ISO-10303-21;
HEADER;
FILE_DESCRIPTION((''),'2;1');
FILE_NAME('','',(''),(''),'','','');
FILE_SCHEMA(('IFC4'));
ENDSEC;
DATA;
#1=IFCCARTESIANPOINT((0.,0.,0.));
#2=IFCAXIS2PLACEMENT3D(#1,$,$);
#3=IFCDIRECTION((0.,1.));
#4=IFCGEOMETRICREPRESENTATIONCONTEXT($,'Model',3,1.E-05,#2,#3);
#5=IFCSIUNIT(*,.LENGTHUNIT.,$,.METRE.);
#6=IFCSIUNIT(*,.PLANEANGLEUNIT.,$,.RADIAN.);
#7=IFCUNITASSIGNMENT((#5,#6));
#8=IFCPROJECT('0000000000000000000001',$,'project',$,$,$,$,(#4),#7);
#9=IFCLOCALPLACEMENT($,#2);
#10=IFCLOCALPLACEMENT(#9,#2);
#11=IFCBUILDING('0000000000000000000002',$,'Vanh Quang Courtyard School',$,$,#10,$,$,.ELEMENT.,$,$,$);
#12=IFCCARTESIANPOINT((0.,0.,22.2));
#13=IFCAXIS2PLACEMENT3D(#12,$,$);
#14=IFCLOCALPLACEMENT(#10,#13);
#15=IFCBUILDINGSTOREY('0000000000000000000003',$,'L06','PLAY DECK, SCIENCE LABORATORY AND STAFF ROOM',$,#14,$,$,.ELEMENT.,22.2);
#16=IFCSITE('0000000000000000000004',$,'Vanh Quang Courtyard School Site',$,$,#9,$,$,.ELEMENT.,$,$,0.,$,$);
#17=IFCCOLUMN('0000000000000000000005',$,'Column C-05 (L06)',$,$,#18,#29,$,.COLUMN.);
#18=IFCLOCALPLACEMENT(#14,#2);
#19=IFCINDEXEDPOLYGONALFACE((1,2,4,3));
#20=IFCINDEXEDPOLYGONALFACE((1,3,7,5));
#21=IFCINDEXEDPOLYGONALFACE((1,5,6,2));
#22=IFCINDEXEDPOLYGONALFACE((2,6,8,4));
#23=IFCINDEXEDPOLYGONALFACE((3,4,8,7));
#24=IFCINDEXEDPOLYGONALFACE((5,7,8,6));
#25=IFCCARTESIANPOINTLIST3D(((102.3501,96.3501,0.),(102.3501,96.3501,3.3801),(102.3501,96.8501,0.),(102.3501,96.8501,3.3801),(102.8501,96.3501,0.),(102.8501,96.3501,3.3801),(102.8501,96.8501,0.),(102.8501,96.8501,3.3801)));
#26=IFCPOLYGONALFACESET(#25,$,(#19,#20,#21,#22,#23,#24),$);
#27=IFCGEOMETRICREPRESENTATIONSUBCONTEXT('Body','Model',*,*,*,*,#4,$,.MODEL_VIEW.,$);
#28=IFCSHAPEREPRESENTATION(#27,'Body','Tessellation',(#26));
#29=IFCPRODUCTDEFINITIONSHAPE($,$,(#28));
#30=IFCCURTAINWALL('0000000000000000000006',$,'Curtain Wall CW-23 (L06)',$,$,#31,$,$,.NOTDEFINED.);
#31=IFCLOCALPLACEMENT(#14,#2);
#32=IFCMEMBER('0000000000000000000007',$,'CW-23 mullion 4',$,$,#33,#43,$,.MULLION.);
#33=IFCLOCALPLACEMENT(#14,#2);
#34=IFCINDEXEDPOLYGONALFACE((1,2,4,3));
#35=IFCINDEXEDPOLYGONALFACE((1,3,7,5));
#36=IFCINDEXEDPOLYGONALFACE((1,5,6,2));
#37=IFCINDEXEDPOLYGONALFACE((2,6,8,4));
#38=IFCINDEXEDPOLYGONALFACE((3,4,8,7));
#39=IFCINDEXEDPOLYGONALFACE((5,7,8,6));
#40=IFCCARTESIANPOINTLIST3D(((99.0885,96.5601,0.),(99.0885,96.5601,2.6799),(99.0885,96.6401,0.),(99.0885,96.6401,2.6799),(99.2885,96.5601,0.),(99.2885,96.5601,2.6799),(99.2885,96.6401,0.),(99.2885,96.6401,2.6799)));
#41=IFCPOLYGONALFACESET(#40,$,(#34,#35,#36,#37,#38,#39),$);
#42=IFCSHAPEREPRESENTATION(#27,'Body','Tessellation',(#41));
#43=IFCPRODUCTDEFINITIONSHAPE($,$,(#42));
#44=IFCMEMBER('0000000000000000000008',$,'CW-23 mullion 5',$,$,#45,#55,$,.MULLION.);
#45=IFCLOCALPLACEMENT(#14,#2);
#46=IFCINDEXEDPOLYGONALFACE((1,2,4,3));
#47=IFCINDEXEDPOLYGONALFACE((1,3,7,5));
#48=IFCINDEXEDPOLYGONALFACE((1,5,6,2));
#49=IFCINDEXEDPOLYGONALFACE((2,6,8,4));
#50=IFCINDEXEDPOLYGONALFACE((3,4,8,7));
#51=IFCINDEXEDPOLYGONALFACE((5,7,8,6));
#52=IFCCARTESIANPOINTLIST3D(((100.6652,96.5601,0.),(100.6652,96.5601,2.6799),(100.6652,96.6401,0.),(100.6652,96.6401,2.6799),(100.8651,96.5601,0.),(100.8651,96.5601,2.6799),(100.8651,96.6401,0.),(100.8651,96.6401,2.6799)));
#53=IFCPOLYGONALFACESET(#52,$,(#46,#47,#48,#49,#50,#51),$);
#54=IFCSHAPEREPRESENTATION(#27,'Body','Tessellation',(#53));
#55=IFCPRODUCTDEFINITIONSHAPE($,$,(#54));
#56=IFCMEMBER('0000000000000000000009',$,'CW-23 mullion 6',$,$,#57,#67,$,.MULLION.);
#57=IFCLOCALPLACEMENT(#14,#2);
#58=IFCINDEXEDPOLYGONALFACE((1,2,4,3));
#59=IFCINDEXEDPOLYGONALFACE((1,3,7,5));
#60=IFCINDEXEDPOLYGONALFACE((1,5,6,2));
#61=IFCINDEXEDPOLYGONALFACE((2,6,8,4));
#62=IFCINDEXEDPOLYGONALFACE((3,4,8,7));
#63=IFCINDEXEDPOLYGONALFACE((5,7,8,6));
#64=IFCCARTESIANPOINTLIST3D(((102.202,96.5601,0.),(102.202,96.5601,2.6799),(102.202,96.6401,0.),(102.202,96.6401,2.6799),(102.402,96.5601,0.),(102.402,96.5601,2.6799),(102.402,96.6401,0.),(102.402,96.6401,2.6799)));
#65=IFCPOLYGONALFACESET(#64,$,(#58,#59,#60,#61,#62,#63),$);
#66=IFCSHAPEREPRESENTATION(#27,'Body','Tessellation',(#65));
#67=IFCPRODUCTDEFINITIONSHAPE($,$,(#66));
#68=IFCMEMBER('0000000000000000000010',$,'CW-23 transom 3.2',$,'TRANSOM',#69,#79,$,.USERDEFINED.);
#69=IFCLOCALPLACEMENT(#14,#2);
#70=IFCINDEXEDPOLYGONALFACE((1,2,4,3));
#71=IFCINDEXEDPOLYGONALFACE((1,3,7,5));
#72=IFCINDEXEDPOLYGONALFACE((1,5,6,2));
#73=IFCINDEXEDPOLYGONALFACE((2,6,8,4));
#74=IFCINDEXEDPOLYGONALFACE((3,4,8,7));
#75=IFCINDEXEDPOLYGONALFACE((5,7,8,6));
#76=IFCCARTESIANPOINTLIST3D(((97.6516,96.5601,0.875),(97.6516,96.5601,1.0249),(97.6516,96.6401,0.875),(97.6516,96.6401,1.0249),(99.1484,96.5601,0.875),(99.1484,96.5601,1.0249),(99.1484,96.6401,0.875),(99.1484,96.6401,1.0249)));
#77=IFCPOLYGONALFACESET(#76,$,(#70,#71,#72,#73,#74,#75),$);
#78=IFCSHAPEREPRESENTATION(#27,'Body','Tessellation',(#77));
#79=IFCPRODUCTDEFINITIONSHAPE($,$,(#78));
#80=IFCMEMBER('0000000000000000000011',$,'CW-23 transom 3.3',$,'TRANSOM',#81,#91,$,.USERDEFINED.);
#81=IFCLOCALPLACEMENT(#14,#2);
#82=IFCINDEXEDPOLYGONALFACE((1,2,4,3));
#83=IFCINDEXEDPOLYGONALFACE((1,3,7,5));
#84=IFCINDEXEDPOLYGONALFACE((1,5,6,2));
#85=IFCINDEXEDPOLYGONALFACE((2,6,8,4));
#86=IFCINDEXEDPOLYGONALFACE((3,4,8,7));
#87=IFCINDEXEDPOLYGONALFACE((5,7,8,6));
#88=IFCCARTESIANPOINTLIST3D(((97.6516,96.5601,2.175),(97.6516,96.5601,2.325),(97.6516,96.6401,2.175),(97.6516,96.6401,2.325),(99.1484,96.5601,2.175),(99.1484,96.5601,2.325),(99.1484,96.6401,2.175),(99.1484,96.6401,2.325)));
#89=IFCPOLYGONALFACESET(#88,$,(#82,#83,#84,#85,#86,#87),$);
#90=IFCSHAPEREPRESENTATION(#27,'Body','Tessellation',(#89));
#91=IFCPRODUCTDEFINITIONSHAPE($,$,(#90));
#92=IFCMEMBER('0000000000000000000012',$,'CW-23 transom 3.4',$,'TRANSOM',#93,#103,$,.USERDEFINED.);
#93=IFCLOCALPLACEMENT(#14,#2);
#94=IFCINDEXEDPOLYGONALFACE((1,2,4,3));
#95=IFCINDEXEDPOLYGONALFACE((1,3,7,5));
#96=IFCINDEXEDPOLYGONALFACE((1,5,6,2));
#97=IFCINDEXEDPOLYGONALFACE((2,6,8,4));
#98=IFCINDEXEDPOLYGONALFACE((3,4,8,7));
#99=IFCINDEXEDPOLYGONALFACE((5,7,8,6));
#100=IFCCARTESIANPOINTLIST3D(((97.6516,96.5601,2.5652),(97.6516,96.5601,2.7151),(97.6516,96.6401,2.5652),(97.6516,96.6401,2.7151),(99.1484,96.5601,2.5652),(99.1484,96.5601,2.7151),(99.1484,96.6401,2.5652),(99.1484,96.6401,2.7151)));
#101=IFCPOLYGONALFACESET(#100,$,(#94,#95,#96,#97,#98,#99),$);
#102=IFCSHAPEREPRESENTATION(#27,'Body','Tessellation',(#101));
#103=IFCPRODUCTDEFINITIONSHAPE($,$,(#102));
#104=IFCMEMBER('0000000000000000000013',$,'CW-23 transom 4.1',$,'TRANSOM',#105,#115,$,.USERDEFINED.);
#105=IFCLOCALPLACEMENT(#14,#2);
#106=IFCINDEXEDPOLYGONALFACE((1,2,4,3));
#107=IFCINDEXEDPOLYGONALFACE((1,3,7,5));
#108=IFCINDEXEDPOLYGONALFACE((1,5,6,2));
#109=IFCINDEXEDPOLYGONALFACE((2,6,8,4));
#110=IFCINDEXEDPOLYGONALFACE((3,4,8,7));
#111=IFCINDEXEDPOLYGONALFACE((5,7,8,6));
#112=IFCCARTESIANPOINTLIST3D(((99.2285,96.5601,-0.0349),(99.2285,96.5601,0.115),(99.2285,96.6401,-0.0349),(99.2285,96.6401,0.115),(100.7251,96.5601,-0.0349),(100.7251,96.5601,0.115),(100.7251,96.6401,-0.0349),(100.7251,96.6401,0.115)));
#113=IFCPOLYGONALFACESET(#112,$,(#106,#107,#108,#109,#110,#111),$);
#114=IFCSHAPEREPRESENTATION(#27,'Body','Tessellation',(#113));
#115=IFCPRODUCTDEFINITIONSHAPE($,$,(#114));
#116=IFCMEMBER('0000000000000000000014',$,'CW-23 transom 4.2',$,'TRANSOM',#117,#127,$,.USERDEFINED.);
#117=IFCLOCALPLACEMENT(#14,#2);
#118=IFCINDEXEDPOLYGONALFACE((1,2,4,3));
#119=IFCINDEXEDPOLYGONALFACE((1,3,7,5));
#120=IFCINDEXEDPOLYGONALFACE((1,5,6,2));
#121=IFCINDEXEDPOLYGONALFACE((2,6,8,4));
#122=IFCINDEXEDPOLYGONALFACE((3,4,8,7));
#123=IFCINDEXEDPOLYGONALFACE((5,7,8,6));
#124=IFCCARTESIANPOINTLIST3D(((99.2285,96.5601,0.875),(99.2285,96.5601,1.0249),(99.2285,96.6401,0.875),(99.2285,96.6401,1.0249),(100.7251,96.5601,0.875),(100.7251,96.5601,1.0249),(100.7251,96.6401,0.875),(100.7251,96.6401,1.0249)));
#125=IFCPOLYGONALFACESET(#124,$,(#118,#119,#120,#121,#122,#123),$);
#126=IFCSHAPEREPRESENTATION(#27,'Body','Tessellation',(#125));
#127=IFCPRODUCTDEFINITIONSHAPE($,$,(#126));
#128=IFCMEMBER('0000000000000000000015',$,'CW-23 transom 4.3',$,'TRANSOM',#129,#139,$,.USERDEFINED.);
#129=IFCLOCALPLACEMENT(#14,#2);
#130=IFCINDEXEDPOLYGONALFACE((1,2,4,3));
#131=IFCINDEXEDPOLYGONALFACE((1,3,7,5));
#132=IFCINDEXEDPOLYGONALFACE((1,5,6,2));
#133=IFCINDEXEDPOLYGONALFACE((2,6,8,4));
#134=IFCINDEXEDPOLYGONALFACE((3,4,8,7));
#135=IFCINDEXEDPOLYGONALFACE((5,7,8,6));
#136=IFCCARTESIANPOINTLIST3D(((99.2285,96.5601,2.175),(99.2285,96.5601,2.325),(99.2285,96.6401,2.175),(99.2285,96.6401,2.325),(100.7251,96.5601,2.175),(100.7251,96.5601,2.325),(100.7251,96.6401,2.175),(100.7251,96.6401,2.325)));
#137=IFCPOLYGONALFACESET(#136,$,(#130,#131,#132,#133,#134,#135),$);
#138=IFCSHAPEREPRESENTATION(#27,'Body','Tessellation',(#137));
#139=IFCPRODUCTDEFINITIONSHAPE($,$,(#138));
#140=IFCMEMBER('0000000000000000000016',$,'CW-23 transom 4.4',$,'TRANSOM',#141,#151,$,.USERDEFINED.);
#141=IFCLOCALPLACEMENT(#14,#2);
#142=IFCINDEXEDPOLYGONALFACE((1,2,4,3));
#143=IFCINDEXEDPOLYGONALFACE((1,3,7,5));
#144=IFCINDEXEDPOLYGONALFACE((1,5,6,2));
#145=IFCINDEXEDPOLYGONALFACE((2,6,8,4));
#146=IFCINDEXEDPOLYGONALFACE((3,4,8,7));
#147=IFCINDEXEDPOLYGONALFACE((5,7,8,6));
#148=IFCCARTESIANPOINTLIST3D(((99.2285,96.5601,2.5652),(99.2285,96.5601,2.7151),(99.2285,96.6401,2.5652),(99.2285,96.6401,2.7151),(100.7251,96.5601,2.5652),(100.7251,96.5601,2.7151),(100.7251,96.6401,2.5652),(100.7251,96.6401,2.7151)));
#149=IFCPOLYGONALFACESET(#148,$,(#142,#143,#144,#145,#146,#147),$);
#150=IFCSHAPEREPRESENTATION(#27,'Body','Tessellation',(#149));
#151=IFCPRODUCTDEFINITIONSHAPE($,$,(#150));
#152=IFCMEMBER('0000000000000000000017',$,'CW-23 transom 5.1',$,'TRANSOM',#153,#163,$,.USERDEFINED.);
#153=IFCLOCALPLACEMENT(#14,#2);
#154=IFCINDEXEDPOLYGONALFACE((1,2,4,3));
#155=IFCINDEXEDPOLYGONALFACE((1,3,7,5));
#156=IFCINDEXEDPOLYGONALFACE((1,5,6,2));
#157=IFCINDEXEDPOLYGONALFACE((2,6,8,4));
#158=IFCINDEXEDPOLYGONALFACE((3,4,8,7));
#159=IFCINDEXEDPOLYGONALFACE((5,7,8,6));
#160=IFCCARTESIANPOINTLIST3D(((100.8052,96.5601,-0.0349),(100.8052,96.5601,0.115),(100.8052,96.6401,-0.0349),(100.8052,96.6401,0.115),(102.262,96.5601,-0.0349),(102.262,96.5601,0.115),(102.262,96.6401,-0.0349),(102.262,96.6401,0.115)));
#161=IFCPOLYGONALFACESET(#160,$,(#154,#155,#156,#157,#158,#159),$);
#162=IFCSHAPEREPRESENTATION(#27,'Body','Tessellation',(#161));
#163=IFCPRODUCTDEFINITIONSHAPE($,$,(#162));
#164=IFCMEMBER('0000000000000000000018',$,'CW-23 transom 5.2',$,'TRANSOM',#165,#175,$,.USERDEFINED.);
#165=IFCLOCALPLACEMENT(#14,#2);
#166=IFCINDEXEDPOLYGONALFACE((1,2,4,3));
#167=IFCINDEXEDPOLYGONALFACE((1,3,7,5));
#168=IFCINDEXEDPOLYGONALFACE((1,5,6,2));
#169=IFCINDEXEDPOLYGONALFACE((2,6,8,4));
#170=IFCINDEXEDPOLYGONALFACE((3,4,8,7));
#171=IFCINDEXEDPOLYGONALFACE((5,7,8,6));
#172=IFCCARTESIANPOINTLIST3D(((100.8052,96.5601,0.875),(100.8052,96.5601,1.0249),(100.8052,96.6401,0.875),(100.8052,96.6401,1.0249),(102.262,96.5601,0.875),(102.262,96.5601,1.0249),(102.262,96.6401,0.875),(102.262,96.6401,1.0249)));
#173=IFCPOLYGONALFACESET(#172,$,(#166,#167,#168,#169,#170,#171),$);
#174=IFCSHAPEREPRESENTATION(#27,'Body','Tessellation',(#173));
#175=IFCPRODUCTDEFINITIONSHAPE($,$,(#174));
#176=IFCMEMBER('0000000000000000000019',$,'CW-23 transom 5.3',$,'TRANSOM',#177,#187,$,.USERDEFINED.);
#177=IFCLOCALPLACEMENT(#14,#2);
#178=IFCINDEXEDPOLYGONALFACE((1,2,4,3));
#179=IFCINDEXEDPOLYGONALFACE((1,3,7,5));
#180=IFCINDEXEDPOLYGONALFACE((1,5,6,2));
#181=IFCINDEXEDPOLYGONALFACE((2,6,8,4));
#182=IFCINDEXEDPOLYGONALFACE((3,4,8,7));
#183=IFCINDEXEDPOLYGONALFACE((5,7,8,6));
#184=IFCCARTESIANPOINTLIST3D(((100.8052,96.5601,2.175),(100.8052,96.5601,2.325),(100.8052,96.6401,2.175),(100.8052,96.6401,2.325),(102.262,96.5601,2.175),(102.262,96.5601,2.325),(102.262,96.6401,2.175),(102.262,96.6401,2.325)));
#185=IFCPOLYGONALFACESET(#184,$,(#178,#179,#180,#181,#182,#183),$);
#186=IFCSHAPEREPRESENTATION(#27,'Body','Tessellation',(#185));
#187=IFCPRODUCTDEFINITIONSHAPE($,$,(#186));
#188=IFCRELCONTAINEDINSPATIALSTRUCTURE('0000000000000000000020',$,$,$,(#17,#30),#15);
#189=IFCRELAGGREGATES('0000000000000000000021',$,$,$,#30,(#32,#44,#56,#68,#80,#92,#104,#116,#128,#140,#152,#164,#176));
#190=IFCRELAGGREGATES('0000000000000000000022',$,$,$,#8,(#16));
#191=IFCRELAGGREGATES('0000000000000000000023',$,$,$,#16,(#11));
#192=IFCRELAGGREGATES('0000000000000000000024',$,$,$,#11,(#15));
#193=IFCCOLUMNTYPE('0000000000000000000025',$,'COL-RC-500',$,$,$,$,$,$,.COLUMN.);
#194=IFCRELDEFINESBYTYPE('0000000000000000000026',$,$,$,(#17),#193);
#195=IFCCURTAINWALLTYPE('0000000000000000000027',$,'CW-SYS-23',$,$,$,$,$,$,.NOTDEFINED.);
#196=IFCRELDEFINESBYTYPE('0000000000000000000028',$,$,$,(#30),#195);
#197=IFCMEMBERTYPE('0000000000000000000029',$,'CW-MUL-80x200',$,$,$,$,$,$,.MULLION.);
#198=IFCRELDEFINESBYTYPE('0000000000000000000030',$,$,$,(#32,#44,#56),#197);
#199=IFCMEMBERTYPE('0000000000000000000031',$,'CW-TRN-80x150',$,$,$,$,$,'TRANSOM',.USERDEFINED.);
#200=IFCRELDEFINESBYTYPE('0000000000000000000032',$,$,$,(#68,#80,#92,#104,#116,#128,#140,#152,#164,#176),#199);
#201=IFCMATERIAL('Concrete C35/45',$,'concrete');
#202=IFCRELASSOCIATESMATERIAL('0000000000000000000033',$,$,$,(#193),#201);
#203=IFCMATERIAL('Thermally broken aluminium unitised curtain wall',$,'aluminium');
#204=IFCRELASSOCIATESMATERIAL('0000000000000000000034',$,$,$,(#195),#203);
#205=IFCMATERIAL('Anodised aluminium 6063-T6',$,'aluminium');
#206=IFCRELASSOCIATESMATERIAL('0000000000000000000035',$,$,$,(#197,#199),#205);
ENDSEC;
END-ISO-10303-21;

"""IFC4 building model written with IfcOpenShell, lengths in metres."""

from ifc_helpers import new_model, si_unit, direction, frame, origin, origin_2d, place, context, subcontext, project, spatial, rectangle, extrude, material, material_profile, profile_set, type_object, element, aggregate, save


model = new_model("IFC4")

# Units and contexts
model_context = context("Model", 3, precision=1e-05, world=origin(), true_north=direction((0.0, 1.0)))
body_context = subcontext(model_context, "Body", "Model", "MODEL_VIEW")
ifc_project = project(units=[si_unit("LENGTHUNIT", "METRE"), si_unit("PLANEANGLEUNIT", "RADIAN")], contexts=[model_context])

# Site, building, storey
site_placement = place(None, origin())
site = spatial("IfcSite", under=ifc_project, at=site_placement, Name="Vanh Quang Courtyard School Site", CompositionType="ELEMENT", RefElevation=0.0)
building_placement = place(site_placement, origin())
building = spatial("IfcBuilding", under=site, at=building_placement, Name="Vanh Quang Courtyard School", CompositionType="ELEMENT")
storey_placement = place(building_placement, frame((0.0, 0.0, 22.2)))
storey = spatial("IfcBuildingStorey", under=building, at=storey_placement, Name="L06", Description="PLAY DECK, SCIENCE LABORATORY AND STAFF ROOM", CompositionType="ELEMENT", Elevation=22.2)

# Column
ifc_material_1 = material(Name="Concrete C35/45", Category="concrete")
ifc_material_profile_1 = material_profile(ifc_material_1, rectangle(XDim=0.5, YDim=0.5, at=origin_2d()), Name="RC-COL 500x500")
ifc_profile_set_1 = profile_set([ifc_material_profile_1], Name="Concrete C35/45")
column_type = type_object("IfcColumnType", Name="COL-RC-500", PredefinedType="COLUMN", material=ifc_profile_set_1)
column_placement = place(storey_placement, frame((102.6001, 96.6001, 0.0), z_axis=(0.0, 0.0, 1.0), x_axis=(1.0, 0.0, 0.0)))
element("IfcColumn", 1, at=column_placement, inside=storey, type_object=column_type, Name="Column C-05 (L06)", PredefinedType="COLUMN", context=body_context, shape_type="SweptSolid", body=[
    extrude(rectangle(XDim=0.5, YDim=0.5, at=origin_2d()), origin(), (0.0, 0.0, 1.0), 3.3801),
])

# Curtain wall, members
ifc_material_2 = material(Name="Thermally broken aluminium unitised curtain wall", Category="aluminium")
curtain_wall_type = type_object("IfcCurtainWallType", Name="CW-SYS-23", PredefinedType="NOTDEFINED", material=ifc_material_2)
curtain_wall_placement = place(storey_placement, origin())
curtain_wall = element("IfcCurtainWall", 2, at=curtain_wall_placement, inside=storey, type_object=curtain_wall_type, Name="Curtain Wall CW-23 (L06)", PredefinedType="NOTDEFINED")
ifc_material_3 = material(Name="Anodised aluminium 6063-T6", Category="aluminium")
ifc_material_profile_2 = material_profile(ifc_material_3, rectangle(XDim=0.0801, YDim=0.2, at=origin_2d()), Name="ALU-MUL 80x200")
ifc_profile_set_2 = profile_set([ifc_material_profile_2], Name="Anodised aluminium 6063-T6")
member_type_1 = type_object("IfcMemberType", Name="CW-MUL-80x200", PredefinedType="MULLION", material=ifc_profile_set_2)
member_1_placement = place(storey_placement, frame((99.1885, 96.6001, 0.0), z_axis=(0.0, 0.0, 1.0), x_axis=(0.0, 1.0, 0.0)))
member_1 = element("IfcMember", 3, at=member_1_placement, type_object=member_type_1, Name="CW-23 mullion 4", PredefinedType="MULLION", context=body_context, shape_type="SweptSolid", body=[
    extrude(rectangle(XDim=0.0801, YDim=0.2, at=origin_2d()), origin(), (0.0, 0.0, 1.0), 2.6799),
])
member_2_placement = place(storey_placement, frame((100.7651, 96.6001, 0.0), z_axis=(0.0, 0.0, 1.0), x_axis=(0.0, 1.0, 0.0)))
member_2 = element("IfcMember", 4, at=member_2_placement, type_object=member_type_1, Name="CW-23 mullion 5", PredefinedType="MULLION", context=body_context, shape_type="SweptSolid", body=[
    extrude(rectangle(XDim=0.0801, YDim=0.2, at=origin_2d()), origin(), (0.0, 0.0, 1.0), 2.6799),
])
member_3_placement = place(storey_placement, frame((102.302, 96.6001, 0.0), z_axis=(0.0, 0.0, 1.0), x_axis=(0.0, 1.0, 0.0)))
member_3 = element("IfcMember", 5, at=member_3_placement, type_object=member_type_1, Name="CW-23 mullion 6", PredefinedType="MULLION", context=body_context, shape_type="SweptSolid", body=[
    extrude(rectangle(XDim=0.0801, YDim=0.2, at=origin_2d()), origin(), (0.0, 0.0, 1.0), 2.6799),
])
ifc_material_profile_3 = material_profile(ifc_material_3, rectangle(XDim=0.0801, YDim=0.1499, at=origin_2d()), Name="ALU-TRN 80x150")
ifc_profile_set_3 = profile_set([ifc_material_profile_3], Name="Anodised aluminium 6063-T6")
member_type_2 = type_object("IfcMemberType", Name="CW-TRN-80x150", ElementType="TRANSOM", PredefinedType="USERDEFINED", material=ifc_profile_set_3)
member_4_placement = place(storey_placement, frame((97.6516, 96.6001, 0.95), z_axis=(1.0, 0.0, 0.0), x_axis=(0.0, 1.0, 0.0)))
member_4 = element("IfcMember", 6, at=member_4_placement, type_object=member_type_2, Name="CW-23 transom 3.2", ObjectType="TRANSOM", PredefinedType="USERDEFINED", context=body_context, shape_type="SweptSolid", body=[
    extrude(rectangle(XDim=0.0801, YDim=0.1499, at=origin_2d()), origin(), (0.0, 0.0, 1.0), 1.4968),
])
member_5_placement = place(storey_placement, frame((97.6516, 96.6001, 2.25), z_axis=(1.0, 0.0, 0.0), x_axis=(0.0, 1.0, 0.0)))
member_5 = element("IfcMember", 7, at=member_5_placement, type_object=member_type_2, Name="CW-23 transom 3.3", ObjectType="TRANSOM", PredefinedType="USERDEFINED", context=body_context, shape_type="SweptSolid", body=[
    extrude(rectangle(XDim=0.0801, YDim=0.1499, at=origin_2d()), origin(), (0.0, 0.0, 1.0), 1.4968),
])
member_6_placement = place(storey_placement, frame((97.6516, 96.6001, 2.6401), z_axis=(1.0, 0.0, 0.0), x_axis=(0.0, 1.0, 0.0)))
member_6 = element("IfcMember", 8, at=member_6_placement, type_object=member_type_2, Name="CW-23 transom 3.4", ObjectType="TRANSOM", PredefinedType="USERDEFINED", context=body_context, shape_type="SweptSolid", body=[
    extrude(rectangle(XDim=0.0801, YDim=0.1499, at=origin_2d()), origin(), (0.0, 0.0, 1.0), 1.4968),
])
member_7_placement = place(storey_placement, frame((99.2285, 96.6001, 0.04), z_axis=(1.0, 0.0, 0.0), x_axis=(0.0, 1.0, 0.0)))
member_7 = element("IfcMember", 9, at=member_7_placement, type_object=member_type_2, Name="CW-23 transom 4.1", ObjectType="TRANSOM", PredefinedType="USERDEFINED", context=body_context, shape_type="SweptSolid", body=[
    extrude(rectangle(XDim=0.0801, YDim=0.1499, at=origin_2d()), origin(), (0.0, 0.0, 1.0), 1.4966),
])
member_8_placement = place(storey_placement, frame((99.2285, 96.6001, 0.95), z_axis=(1.0, 0.0, 0.0), x_axis=(0.0, 1.0, 0.0)))
member_8 = element("IfcMember", 10, at=member_8_placement, type_object=member_type_2, Name="CW-23 transom 4.2", ObjectType="TRANSOM", PredefinedType="USERDEFINED", context=body_context, shape_type="SweptSolid", body=[
    extrude(rectangle(XDim=0.0801, YDim=0.1499, at=origin_2d()), origin(), (0.0, 0.0, 1.0), 1.4966),
])
member_9_placement = place(storey_placement, frame((99.2285, 96.6001, 2.25), z_axis=(1.0, 0.0, 0.0), x_axis=(0.0, 1.0, 0.0)))
member_9 = element("IfcMember", 11, at=member_9_placement, type_object=member_type_2, Name="CW-23 transom 4.3", ObjectType="TRANSOM", PredefinedType="USERDEFINED", context=body_context, shape_type="SweptSolid", body=[
    extrude(rectangle(XDim=0.0801, YDim=0.1499, at=origin_2d()), origin(), (0.0, 0.0, 1.0), 1.4966),
])
member_10_placement = place(storey_placement, frame((99.2285, 96.6001, 2.6401), z_axis=(1.0, 0.0, 0.0), x_axis=(0.0, 1.0, 0.0)))
member_10 = element("IfcMember", 12, at=member_10_placement, type_object=member_type_2, Name="CW-23 transom 4.4", ObjectType="TRANSOM", PredefinedType="USERDEFINED", context=body_context, shape_type="SweptSolid", body=[
    extrude(rectangle(XDim=0.0801, YDim=0.1499, at=origin_2d()), origin(), (0.0, 0.0, 1.0), 1.4966),
])
member_11_placement = place(storey_placement, frame((100.8052, 96.6001, 0.04), z_axis=(1.0, 0.0, 0.0), x_axis=(0.0, 1.0, 0.0)))
member_11 = element("IfcMember", 13, at=member_11_placement, type_object=member_type_2, Name="CW-23 transom 5.1", ObjectType="TRANSOM", PredefinedType="USERDEFINED", context=body_context, shape_type="SweptSolid", body=[
    extrude(rectangle(XDim=0.0801, YDim=0.1499, at=origin_2d()), origin(), (0.0, 0.0, 1.0), 1.4568),
])
member_12_placement = place(storey_placement, frame((100.8052, 96.6001, 0.95), z_axis=(1.0, 0.0, 0.0), x_axis=(0.0, 1.0, 0.0)))
member_12 = element("IfcMember", 14, at=member_12_placement, type_object=member_type_2, Name="CW-23 transom 5.2", ObjectType="TRANSOM", PredefinedType="USERDEFINED", context=body_context, shape_type="SweptSolid", body=[
    extrude(rectangle(XDim=0.0801, YDim=0.1499, at=origin_2d()), origin(), (0.0, 0.0, 1.0), 1.4568),
])
member_13_placement = place(storey_placement, frame((100.8052, 96.6001, 2.25), z_axis=(1.0, 0.0, 0.0), x_axis=(0.0, 1.0, 0.0)))
member_13 = element("IfcMember", 15, at=member_13_placement, type_object=member_type_2, Name="CW-23 transom 5.3", ObjectType="TRANSOM", PredefinedType="USERDEFINED", context=body_context, shape_type="SweptSolid", body=[
    extrude(rectangle(XDim=0.0801, YDim=0.1499, at=origin_2d()), origin(), (0.0, 0.0, 1.0), 1.4568),
])
aggregate(curtain_wall, [member_1, member_2, member_3, member_4, member_5, member_6, member_7, member_8, member_9, member_10, member_11, member_12, member_13])

save(model, "model.ifc")
